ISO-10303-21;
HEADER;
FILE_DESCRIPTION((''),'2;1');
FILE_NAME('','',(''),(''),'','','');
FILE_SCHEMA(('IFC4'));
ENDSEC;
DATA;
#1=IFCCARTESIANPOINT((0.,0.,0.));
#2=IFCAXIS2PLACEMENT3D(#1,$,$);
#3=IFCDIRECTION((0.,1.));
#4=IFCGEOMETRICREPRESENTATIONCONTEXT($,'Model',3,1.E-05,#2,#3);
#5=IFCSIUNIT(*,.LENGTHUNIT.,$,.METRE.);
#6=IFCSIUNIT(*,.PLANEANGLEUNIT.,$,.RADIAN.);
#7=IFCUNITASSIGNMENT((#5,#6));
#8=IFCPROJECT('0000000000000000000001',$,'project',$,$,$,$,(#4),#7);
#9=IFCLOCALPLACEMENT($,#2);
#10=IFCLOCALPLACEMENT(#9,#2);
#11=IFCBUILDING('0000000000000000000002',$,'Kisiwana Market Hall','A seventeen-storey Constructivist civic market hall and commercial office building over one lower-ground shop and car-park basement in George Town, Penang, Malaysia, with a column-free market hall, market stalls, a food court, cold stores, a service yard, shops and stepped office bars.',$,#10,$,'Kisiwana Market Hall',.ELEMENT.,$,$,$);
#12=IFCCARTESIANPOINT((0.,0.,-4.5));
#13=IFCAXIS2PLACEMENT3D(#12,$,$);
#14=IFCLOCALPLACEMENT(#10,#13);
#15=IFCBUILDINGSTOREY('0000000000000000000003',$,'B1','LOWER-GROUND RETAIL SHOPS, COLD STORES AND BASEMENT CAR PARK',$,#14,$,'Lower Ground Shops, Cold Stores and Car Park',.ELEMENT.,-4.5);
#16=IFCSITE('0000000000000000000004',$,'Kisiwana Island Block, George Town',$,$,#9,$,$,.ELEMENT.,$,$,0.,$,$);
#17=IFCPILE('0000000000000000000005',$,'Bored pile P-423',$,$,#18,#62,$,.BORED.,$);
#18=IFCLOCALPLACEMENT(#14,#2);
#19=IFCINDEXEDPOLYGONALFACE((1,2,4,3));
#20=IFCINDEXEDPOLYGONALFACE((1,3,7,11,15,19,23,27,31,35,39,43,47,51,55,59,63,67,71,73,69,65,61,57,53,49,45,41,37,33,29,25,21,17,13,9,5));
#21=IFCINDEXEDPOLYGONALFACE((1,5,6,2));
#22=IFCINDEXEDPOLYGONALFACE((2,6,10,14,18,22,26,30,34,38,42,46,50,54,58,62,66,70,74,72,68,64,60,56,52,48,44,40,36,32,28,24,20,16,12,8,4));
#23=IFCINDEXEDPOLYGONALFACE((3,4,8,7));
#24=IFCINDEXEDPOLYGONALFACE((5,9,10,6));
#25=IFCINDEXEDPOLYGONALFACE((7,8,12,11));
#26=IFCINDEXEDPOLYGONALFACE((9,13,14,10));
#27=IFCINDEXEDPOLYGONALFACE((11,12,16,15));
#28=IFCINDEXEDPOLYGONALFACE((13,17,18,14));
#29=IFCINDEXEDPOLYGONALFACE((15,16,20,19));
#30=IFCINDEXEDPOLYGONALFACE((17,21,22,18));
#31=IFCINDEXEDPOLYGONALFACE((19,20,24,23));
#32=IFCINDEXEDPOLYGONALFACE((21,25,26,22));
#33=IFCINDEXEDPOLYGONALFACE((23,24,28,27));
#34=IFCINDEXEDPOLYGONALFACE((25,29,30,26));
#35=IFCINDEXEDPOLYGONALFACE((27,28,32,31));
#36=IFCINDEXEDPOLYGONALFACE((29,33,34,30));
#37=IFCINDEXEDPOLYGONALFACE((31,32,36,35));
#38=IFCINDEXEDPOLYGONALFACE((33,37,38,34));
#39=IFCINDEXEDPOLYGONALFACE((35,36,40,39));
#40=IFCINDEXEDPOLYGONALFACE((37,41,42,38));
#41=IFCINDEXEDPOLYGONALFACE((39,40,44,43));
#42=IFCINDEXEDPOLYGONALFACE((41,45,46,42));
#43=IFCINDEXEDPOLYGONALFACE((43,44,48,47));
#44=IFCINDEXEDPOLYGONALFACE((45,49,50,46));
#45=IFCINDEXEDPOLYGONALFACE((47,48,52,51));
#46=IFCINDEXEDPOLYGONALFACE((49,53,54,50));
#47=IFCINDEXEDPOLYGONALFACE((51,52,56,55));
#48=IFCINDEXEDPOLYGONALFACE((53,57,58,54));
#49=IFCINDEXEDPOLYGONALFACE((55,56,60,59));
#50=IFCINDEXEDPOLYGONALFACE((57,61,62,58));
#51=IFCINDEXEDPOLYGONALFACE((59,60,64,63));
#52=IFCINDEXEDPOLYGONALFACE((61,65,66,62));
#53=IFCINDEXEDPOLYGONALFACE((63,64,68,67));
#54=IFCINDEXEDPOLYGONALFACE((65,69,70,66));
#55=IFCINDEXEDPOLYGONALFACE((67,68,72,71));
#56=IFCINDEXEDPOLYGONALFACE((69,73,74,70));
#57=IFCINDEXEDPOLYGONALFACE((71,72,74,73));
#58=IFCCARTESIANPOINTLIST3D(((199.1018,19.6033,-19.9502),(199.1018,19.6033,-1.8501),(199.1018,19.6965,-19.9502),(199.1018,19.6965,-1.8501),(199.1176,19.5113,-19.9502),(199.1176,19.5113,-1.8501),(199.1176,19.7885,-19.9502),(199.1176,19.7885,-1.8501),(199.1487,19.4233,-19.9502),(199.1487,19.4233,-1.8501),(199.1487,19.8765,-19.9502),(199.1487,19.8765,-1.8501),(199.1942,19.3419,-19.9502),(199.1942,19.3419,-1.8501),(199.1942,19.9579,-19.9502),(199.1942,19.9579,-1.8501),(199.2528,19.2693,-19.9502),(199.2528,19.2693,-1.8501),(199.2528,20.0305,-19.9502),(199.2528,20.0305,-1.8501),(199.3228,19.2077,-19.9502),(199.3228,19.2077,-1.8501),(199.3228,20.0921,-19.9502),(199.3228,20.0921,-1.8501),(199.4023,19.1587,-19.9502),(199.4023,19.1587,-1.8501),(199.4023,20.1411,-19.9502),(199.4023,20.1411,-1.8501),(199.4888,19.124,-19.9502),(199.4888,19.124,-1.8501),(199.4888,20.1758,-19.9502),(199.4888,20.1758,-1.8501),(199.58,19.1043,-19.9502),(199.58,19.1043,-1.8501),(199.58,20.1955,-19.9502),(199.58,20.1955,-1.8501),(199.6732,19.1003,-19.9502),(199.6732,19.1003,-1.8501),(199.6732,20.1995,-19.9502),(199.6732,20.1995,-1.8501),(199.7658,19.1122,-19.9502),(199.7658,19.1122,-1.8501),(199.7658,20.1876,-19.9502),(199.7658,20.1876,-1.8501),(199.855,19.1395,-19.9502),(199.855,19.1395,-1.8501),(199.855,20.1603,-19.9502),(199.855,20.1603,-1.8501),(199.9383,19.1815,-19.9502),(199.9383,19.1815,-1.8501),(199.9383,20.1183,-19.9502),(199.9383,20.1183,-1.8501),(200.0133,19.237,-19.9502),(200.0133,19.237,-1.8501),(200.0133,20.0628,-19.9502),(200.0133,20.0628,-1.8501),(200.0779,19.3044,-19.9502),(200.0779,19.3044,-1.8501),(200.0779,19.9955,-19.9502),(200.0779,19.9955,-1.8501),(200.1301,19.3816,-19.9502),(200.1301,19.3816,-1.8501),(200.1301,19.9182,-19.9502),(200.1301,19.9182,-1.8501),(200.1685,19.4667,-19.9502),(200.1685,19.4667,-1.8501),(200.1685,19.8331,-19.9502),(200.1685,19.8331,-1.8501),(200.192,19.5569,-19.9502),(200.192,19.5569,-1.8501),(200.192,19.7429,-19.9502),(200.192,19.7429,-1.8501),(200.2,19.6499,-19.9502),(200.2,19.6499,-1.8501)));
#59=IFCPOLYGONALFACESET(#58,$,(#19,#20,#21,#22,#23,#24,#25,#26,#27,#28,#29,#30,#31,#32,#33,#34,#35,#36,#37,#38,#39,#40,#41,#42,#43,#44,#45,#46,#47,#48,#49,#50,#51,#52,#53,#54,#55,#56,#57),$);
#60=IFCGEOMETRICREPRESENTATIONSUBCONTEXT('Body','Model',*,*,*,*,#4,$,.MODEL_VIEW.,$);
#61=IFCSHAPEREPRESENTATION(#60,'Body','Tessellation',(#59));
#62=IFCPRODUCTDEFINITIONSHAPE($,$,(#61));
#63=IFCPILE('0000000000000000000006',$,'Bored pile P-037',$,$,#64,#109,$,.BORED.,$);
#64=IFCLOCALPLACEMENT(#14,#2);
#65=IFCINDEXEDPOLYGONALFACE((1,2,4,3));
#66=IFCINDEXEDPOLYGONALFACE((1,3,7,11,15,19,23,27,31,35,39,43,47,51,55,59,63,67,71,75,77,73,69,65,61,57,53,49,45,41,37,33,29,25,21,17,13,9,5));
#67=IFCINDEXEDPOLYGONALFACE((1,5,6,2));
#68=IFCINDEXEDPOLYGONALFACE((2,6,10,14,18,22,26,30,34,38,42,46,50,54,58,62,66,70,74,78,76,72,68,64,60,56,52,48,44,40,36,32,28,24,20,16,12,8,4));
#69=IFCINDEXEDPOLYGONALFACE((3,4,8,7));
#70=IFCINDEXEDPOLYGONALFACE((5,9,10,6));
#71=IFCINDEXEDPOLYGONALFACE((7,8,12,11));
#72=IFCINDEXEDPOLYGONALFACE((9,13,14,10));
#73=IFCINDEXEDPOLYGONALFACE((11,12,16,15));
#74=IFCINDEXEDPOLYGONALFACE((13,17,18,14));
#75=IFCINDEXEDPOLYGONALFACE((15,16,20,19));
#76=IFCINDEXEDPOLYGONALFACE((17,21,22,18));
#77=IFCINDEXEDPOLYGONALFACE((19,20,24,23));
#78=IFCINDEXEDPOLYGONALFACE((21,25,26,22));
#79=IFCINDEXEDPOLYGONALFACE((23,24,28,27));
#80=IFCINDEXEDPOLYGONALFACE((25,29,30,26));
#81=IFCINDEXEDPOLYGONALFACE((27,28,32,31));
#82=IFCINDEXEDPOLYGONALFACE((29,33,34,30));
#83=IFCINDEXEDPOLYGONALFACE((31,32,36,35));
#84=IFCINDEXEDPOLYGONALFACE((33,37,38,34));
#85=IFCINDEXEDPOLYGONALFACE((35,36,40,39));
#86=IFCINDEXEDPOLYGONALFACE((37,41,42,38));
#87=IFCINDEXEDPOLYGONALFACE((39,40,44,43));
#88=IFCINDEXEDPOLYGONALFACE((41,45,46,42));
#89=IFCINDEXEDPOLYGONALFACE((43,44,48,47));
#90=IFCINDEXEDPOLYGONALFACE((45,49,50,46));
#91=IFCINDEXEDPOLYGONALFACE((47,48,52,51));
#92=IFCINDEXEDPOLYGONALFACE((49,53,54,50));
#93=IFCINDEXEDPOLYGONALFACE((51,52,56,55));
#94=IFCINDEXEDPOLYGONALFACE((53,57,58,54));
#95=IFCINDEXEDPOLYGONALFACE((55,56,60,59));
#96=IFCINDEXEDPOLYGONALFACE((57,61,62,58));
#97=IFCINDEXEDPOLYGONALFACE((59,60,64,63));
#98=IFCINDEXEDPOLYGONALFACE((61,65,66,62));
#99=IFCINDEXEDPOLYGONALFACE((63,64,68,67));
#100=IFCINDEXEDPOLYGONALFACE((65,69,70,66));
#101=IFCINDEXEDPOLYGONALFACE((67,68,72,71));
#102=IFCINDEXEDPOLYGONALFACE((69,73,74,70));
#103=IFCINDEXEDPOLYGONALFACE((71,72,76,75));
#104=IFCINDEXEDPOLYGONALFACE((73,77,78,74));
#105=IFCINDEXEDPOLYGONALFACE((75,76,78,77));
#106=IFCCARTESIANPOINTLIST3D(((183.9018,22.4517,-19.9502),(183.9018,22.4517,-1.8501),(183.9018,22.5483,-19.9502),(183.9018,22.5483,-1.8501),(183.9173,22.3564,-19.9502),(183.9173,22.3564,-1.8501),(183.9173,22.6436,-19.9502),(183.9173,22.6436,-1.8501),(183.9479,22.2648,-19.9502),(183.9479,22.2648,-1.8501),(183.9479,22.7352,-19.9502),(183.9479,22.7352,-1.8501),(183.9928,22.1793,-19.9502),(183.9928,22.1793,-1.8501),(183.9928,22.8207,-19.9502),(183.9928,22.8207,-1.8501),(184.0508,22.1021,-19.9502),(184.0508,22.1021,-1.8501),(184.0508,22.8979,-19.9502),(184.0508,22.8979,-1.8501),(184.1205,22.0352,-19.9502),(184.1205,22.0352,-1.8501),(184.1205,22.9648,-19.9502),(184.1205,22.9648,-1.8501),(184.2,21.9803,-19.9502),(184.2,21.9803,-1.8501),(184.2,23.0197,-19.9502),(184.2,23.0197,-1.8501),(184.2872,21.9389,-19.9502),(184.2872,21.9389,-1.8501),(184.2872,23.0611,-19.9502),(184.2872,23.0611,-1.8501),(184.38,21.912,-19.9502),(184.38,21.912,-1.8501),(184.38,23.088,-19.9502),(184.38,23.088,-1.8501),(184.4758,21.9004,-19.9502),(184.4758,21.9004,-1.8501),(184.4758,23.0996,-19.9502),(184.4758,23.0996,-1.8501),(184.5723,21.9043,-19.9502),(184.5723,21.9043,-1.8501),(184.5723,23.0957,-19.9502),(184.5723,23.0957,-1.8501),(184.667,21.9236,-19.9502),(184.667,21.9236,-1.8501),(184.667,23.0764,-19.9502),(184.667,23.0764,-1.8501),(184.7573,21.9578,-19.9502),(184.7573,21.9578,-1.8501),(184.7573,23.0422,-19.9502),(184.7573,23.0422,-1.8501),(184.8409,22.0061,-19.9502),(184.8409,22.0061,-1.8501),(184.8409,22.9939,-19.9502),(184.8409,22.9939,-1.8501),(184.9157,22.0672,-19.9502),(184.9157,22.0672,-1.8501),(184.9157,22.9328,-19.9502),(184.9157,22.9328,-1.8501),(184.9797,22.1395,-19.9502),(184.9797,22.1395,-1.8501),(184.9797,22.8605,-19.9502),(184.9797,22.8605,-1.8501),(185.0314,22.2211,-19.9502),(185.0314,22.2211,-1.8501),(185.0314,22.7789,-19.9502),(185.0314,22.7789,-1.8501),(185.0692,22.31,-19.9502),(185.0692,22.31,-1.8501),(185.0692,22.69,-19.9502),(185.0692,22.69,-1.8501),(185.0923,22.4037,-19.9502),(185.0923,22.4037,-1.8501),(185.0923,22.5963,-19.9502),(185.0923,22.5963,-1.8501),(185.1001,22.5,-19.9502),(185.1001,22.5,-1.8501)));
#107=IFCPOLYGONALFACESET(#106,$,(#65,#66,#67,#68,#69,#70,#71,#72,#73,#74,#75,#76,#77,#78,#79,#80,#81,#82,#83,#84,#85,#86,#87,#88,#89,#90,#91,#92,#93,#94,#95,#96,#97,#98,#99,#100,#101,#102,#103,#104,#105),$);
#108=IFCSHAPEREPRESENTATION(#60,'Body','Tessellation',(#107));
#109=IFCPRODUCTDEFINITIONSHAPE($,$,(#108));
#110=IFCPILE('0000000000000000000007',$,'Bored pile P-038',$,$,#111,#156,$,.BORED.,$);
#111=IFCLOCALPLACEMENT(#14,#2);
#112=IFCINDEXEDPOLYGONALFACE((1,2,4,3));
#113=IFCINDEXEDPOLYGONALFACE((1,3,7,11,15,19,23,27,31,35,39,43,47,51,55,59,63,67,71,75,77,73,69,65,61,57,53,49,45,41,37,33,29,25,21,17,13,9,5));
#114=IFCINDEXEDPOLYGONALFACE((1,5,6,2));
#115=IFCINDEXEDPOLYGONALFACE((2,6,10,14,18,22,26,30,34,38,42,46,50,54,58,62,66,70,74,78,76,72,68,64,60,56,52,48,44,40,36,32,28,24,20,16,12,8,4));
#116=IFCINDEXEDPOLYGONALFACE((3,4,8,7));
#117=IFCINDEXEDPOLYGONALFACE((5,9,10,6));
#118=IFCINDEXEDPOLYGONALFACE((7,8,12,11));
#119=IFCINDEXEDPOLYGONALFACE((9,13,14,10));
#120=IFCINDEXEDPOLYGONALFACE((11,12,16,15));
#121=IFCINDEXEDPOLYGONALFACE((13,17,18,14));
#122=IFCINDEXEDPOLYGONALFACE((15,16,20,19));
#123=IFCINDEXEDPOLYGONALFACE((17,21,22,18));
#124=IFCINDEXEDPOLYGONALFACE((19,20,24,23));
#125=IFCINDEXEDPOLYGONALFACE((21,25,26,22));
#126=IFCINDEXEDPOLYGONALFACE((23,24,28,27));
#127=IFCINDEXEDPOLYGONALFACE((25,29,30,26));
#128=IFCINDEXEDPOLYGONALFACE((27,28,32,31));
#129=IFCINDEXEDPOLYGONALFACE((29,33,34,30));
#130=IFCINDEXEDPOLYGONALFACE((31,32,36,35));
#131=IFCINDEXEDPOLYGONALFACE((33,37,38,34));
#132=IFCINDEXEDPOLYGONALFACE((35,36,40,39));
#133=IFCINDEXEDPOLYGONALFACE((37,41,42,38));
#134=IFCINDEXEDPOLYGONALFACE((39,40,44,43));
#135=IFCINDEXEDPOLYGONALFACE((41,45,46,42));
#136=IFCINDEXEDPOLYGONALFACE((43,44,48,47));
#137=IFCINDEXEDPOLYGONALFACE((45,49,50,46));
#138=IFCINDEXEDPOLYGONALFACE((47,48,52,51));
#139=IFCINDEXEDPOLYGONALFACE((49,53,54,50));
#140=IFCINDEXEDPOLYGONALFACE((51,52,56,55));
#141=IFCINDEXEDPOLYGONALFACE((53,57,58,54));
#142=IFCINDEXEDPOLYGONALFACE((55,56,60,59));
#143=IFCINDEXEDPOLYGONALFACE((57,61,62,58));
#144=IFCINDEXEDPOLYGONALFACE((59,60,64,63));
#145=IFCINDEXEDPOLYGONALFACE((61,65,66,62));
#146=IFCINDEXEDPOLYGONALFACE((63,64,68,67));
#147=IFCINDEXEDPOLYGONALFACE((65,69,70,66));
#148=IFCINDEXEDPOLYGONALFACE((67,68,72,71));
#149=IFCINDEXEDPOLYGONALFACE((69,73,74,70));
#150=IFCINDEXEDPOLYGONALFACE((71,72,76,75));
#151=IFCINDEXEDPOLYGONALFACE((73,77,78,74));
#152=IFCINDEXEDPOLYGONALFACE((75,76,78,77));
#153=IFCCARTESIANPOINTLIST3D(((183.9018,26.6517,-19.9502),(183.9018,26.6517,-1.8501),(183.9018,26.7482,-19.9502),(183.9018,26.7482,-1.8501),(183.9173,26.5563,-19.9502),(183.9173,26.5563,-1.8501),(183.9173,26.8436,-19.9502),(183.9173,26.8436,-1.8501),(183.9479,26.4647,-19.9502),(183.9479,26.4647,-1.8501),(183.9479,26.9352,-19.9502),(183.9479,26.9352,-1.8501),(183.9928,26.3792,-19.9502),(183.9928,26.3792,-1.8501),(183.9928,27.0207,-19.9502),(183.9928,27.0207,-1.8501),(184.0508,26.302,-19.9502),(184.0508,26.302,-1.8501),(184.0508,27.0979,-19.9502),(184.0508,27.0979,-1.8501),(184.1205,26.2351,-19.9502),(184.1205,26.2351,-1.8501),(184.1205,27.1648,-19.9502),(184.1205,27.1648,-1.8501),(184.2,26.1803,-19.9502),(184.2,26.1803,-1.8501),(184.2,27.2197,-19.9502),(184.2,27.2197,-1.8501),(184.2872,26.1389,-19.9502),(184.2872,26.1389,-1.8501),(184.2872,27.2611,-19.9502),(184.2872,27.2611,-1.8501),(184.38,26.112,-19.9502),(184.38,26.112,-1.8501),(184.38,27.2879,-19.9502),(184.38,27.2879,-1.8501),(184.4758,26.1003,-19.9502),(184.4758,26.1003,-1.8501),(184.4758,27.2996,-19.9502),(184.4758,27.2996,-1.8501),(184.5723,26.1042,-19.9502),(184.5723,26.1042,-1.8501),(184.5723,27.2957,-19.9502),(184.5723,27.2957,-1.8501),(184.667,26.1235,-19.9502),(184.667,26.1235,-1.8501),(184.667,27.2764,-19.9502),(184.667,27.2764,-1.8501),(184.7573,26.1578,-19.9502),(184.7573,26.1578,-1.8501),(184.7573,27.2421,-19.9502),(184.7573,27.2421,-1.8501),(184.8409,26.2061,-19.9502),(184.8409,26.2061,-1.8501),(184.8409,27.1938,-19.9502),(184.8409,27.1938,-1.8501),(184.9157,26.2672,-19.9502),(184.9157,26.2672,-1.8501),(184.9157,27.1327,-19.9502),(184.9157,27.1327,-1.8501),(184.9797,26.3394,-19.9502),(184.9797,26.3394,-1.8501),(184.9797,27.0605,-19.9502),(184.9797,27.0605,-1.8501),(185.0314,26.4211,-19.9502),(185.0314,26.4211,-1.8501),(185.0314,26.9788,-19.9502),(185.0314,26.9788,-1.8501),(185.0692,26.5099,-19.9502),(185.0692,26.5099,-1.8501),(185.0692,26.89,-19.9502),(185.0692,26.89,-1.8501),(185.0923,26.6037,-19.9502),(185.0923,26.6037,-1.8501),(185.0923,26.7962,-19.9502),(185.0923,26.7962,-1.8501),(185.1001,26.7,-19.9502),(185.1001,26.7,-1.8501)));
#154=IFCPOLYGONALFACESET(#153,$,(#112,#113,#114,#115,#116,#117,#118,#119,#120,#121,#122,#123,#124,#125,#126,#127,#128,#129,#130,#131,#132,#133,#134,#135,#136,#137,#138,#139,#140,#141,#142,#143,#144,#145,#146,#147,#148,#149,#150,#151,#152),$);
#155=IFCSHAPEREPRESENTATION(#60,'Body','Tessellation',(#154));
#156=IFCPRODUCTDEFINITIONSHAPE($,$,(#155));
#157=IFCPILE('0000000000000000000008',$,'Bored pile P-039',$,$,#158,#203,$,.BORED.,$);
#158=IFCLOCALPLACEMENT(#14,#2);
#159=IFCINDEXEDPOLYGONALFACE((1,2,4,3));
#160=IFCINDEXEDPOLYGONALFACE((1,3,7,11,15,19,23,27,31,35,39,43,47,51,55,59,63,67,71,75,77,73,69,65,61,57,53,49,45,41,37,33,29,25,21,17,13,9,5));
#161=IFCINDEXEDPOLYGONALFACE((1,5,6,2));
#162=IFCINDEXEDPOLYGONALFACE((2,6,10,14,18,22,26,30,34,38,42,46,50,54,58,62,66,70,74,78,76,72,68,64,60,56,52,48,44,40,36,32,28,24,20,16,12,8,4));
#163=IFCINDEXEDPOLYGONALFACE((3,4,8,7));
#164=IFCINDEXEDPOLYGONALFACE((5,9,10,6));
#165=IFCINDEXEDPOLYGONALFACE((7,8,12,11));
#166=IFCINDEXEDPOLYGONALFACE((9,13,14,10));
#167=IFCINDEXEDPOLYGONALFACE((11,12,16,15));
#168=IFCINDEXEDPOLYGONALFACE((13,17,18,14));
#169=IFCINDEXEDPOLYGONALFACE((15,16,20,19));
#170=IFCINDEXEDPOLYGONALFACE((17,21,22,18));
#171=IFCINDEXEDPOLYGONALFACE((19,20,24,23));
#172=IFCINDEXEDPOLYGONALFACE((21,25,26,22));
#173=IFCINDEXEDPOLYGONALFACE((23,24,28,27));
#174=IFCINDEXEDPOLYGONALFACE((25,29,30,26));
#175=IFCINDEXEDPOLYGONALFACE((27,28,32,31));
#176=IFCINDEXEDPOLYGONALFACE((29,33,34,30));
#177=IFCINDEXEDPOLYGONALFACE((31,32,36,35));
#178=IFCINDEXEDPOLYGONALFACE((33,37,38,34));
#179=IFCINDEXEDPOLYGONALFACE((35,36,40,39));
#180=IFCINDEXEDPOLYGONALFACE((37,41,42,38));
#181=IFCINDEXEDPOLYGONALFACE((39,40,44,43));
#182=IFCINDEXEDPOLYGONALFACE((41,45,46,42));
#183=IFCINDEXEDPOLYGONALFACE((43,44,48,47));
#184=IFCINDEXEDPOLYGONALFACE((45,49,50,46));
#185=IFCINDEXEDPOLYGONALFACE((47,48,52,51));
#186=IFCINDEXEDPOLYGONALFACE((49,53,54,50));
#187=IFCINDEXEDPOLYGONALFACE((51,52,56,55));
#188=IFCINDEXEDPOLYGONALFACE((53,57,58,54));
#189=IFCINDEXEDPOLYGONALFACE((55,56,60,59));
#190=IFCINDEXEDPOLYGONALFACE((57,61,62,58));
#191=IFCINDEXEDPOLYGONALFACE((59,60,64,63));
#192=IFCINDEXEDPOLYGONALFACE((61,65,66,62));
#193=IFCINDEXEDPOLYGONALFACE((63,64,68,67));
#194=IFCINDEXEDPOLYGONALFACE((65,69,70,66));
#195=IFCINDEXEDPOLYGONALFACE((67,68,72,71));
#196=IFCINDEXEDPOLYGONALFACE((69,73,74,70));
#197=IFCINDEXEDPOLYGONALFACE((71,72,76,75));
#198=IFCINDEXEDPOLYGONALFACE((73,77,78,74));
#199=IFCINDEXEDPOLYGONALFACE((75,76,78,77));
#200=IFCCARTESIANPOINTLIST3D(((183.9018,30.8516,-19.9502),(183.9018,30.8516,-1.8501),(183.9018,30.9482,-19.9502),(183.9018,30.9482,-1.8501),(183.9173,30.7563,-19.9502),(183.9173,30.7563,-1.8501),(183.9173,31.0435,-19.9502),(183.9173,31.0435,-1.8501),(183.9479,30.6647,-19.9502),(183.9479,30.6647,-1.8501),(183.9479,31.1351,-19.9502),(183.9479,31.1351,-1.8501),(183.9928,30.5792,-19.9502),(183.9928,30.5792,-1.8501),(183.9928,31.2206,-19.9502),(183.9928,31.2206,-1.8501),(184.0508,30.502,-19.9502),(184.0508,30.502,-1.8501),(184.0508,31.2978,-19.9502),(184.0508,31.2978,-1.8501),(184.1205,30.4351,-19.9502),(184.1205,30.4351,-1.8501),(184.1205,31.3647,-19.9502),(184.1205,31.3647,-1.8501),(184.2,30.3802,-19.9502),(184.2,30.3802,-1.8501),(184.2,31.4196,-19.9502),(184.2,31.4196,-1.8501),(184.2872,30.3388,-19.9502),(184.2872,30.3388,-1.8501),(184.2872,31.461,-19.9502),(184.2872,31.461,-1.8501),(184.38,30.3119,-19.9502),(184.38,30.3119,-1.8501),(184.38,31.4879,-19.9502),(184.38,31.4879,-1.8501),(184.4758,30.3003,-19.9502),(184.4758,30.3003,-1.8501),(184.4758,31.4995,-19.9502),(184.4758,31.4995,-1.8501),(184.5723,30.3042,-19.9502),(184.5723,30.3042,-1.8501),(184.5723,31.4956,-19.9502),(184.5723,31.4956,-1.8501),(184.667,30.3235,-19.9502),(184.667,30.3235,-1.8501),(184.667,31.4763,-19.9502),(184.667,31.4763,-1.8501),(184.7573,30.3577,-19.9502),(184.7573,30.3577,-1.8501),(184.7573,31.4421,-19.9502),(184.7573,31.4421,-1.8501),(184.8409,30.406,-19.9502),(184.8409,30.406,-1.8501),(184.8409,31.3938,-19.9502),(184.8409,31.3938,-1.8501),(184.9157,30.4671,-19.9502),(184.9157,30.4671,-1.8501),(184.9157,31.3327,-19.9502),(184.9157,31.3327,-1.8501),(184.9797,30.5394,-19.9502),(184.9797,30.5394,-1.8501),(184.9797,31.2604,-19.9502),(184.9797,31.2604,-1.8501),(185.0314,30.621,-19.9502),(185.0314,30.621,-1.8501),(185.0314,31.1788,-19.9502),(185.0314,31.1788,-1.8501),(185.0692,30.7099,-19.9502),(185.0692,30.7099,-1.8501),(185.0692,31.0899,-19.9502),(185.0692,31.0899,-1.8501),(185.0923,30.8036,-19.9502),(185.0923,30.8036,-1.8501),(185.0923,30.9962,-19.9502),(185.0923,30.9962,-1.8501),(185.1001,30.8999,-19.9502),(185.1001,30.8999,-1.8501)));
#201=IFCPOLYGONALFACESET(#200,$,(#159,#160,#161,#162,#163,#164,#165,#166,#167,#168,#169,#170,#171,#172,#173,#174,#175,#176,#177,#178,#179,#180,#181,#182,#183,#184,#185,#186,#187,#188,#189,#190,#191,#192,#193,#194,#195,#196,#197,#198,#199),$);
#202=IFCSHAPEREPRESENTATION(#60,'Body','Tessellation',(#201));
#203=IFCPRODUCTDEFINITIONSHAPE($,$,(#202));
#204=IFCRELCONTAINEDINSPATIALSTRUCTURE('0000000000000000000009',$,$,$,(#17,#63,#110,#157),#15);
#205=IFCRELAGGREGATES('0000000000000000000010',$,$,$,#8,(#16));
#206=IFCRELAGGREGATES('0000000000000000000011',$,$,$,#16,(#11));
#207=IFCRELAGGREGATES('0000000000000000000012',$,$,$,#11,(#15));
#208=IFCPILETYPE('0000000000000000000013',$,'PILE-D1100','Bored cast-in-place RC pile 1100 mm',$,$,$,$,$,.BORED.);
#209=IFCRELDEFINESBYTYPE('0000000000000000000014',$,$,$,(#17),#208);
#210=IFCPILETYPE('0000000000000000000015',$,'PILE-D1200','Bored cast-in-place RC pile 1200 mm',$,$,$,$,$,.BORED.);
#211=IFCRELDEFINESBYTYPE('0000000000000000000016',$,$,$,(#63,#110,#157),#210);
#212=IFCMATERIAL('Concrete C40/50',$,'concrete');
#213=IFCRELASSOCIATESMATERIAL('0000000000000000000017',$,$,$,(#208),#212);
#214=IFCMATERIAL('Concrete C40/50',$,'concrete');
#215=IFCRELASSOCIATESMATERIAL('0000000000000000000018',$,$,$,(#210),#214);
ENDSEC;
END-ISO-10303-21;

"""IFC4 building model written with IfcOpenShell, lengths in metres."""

from ifc_helpers import new_model, si_unit, direction, frame, origin, origin_2d, place, context, subcontext, project, spatial, circle, extrude, material, material_profile, profile_set, type_object, element, save


model = new_model("IFC4")

# Units and contexts
model_context = context("Model", 3, precision=1e-05, world=origin(), true_north=direction((0.0, 1.0)))
body_context = subcontext(model_context, "Body", "Model", "MODEL_VIEW")
ifc_project = project(units=[si_unit("LENGTHUNIT", "METRE"), si_unit("PLANEANGLEUNIT", "RADIAN")], contexts=[model_context])

# Site, building, storey
site_placement = place(None, origin())
site = spatial("IfcSite", under=ifc_project, at=site_placement, Name="Kisiwana Island Block, George Town", CompositionType="ELEMENT", RefElevation=0.0)
building_placement = place(site_placement, origin())
building = spatial("IfcBuilding", under=site, at=building_placement, Name="Kisiwana Market Hall", Description="A seventeen-storey Constructivist civic market hall and commercial office building over one lower-ground shop and car-park basement in George Town, Penang, Malaysia, with a column-free market hall, market stalls, a food court, cold stores, a service yard, shops and stepped office bars.", LongName="Kisiwana Market Hall", CompositionType="ELEMENT")
storey_placement = place(building_placement, frame((0.0, 0.0, -4.5)))
storey = spatial("IfcBuildingStorey", under=building, at=storey_placement, Name="B1", Description="LOWER-GROUND RETAIL SHOPS, COLD STORES AND BASEMENT CAR PARK", LongName="Lower Ground Shops, Cold Stores and Car Park", CompositionType="ELEMENT", Elevation=-4.5)

# Piles
ifc_material_1 = material(Name="Concrete C40/50", Category="concrete")
ifc_material_profile_1 = material_profile(ifc_material_1, circle(Radius=0.55, at=origin_2d()), Name="BP D1100")
ifc_profile_set_1 = profile_set([ifc_material_profile_1], Name="Concrete C40/50")
pile_type_1 = type_object("IfcPileType", Name="PILE-D1100", Description="Bored cast-in-place RC pile 1100 mm", PredefinedType="BORED", material=ifc_profile_set_1)
pile_placement = place(storey_placement, frame((199.6499, 19.6499, -1.8501), z_axis=(0.0, 0.0, -1.0), x_axis=(1.0, 0.0, 0.0)))
element("IfcPile", 1, at=pile_placement, inside=storey, type_object=pile_type_1, Name="Bored pile P-423", PredefinedType="BORED", context=body_context, shape_type="SweptSolid", body=[
    extrude(circle(Radius=0.55, at=origin_2d()), origin(), (0.0, 0.0, 1.0), 18.1001),
])
ifc_material_2 = material(Name="Concrete C40/50", Category="concrete")
ifc_material_profile_2 = material_profile(ifc_material_2, circle(Radius=0.6001, at=origin_2d()), Name="BP D1200")
ifc_profile_set_2 = profile_set([ifc_material_profile_2], Name="Concrete C40/50")
pile_type_2 = type_object("IfcPileType", Name="PILE-D1200", Description="Bored cast-in-place RC pile 1200 mm", PredefinedType="BORED", material=ifc_profile_set_2)
for number, where, z_axis, x_axis, name in (
    (2, (184.5, 22.5, -1.8501), (0.0, 0.0, -1.0), (1.0, 0.0, 0.0), "Bored pile P-037"),
    (3, (184.5, 26.7, -1.8501), (0.0, 0.0, -1.0), (1.0, 0.0, 0.0), "Bored pile P-038"),
    (4, (184.5, 30.8999, -1.8501), (0.0, 0.0, -1.0), (1.0, 0.0, 0.0), "Bored pile P-039"),
):
    element("IfcPile", number, at=place(storey_placement, frame(where, z_axis=z_axis, x_axis=x_axis)), inside=storey, type_object=pile_type_2, Name=name, PredefinedType="BORED", context=body_context, shape_type="SweptSolid", body=[
        extrude(circle(Radius=0.6001, at=origin_2d()), origin(), (0.0, 0.0, 1.0), 18.1001),
    ])

save(model, "model.ifc")
